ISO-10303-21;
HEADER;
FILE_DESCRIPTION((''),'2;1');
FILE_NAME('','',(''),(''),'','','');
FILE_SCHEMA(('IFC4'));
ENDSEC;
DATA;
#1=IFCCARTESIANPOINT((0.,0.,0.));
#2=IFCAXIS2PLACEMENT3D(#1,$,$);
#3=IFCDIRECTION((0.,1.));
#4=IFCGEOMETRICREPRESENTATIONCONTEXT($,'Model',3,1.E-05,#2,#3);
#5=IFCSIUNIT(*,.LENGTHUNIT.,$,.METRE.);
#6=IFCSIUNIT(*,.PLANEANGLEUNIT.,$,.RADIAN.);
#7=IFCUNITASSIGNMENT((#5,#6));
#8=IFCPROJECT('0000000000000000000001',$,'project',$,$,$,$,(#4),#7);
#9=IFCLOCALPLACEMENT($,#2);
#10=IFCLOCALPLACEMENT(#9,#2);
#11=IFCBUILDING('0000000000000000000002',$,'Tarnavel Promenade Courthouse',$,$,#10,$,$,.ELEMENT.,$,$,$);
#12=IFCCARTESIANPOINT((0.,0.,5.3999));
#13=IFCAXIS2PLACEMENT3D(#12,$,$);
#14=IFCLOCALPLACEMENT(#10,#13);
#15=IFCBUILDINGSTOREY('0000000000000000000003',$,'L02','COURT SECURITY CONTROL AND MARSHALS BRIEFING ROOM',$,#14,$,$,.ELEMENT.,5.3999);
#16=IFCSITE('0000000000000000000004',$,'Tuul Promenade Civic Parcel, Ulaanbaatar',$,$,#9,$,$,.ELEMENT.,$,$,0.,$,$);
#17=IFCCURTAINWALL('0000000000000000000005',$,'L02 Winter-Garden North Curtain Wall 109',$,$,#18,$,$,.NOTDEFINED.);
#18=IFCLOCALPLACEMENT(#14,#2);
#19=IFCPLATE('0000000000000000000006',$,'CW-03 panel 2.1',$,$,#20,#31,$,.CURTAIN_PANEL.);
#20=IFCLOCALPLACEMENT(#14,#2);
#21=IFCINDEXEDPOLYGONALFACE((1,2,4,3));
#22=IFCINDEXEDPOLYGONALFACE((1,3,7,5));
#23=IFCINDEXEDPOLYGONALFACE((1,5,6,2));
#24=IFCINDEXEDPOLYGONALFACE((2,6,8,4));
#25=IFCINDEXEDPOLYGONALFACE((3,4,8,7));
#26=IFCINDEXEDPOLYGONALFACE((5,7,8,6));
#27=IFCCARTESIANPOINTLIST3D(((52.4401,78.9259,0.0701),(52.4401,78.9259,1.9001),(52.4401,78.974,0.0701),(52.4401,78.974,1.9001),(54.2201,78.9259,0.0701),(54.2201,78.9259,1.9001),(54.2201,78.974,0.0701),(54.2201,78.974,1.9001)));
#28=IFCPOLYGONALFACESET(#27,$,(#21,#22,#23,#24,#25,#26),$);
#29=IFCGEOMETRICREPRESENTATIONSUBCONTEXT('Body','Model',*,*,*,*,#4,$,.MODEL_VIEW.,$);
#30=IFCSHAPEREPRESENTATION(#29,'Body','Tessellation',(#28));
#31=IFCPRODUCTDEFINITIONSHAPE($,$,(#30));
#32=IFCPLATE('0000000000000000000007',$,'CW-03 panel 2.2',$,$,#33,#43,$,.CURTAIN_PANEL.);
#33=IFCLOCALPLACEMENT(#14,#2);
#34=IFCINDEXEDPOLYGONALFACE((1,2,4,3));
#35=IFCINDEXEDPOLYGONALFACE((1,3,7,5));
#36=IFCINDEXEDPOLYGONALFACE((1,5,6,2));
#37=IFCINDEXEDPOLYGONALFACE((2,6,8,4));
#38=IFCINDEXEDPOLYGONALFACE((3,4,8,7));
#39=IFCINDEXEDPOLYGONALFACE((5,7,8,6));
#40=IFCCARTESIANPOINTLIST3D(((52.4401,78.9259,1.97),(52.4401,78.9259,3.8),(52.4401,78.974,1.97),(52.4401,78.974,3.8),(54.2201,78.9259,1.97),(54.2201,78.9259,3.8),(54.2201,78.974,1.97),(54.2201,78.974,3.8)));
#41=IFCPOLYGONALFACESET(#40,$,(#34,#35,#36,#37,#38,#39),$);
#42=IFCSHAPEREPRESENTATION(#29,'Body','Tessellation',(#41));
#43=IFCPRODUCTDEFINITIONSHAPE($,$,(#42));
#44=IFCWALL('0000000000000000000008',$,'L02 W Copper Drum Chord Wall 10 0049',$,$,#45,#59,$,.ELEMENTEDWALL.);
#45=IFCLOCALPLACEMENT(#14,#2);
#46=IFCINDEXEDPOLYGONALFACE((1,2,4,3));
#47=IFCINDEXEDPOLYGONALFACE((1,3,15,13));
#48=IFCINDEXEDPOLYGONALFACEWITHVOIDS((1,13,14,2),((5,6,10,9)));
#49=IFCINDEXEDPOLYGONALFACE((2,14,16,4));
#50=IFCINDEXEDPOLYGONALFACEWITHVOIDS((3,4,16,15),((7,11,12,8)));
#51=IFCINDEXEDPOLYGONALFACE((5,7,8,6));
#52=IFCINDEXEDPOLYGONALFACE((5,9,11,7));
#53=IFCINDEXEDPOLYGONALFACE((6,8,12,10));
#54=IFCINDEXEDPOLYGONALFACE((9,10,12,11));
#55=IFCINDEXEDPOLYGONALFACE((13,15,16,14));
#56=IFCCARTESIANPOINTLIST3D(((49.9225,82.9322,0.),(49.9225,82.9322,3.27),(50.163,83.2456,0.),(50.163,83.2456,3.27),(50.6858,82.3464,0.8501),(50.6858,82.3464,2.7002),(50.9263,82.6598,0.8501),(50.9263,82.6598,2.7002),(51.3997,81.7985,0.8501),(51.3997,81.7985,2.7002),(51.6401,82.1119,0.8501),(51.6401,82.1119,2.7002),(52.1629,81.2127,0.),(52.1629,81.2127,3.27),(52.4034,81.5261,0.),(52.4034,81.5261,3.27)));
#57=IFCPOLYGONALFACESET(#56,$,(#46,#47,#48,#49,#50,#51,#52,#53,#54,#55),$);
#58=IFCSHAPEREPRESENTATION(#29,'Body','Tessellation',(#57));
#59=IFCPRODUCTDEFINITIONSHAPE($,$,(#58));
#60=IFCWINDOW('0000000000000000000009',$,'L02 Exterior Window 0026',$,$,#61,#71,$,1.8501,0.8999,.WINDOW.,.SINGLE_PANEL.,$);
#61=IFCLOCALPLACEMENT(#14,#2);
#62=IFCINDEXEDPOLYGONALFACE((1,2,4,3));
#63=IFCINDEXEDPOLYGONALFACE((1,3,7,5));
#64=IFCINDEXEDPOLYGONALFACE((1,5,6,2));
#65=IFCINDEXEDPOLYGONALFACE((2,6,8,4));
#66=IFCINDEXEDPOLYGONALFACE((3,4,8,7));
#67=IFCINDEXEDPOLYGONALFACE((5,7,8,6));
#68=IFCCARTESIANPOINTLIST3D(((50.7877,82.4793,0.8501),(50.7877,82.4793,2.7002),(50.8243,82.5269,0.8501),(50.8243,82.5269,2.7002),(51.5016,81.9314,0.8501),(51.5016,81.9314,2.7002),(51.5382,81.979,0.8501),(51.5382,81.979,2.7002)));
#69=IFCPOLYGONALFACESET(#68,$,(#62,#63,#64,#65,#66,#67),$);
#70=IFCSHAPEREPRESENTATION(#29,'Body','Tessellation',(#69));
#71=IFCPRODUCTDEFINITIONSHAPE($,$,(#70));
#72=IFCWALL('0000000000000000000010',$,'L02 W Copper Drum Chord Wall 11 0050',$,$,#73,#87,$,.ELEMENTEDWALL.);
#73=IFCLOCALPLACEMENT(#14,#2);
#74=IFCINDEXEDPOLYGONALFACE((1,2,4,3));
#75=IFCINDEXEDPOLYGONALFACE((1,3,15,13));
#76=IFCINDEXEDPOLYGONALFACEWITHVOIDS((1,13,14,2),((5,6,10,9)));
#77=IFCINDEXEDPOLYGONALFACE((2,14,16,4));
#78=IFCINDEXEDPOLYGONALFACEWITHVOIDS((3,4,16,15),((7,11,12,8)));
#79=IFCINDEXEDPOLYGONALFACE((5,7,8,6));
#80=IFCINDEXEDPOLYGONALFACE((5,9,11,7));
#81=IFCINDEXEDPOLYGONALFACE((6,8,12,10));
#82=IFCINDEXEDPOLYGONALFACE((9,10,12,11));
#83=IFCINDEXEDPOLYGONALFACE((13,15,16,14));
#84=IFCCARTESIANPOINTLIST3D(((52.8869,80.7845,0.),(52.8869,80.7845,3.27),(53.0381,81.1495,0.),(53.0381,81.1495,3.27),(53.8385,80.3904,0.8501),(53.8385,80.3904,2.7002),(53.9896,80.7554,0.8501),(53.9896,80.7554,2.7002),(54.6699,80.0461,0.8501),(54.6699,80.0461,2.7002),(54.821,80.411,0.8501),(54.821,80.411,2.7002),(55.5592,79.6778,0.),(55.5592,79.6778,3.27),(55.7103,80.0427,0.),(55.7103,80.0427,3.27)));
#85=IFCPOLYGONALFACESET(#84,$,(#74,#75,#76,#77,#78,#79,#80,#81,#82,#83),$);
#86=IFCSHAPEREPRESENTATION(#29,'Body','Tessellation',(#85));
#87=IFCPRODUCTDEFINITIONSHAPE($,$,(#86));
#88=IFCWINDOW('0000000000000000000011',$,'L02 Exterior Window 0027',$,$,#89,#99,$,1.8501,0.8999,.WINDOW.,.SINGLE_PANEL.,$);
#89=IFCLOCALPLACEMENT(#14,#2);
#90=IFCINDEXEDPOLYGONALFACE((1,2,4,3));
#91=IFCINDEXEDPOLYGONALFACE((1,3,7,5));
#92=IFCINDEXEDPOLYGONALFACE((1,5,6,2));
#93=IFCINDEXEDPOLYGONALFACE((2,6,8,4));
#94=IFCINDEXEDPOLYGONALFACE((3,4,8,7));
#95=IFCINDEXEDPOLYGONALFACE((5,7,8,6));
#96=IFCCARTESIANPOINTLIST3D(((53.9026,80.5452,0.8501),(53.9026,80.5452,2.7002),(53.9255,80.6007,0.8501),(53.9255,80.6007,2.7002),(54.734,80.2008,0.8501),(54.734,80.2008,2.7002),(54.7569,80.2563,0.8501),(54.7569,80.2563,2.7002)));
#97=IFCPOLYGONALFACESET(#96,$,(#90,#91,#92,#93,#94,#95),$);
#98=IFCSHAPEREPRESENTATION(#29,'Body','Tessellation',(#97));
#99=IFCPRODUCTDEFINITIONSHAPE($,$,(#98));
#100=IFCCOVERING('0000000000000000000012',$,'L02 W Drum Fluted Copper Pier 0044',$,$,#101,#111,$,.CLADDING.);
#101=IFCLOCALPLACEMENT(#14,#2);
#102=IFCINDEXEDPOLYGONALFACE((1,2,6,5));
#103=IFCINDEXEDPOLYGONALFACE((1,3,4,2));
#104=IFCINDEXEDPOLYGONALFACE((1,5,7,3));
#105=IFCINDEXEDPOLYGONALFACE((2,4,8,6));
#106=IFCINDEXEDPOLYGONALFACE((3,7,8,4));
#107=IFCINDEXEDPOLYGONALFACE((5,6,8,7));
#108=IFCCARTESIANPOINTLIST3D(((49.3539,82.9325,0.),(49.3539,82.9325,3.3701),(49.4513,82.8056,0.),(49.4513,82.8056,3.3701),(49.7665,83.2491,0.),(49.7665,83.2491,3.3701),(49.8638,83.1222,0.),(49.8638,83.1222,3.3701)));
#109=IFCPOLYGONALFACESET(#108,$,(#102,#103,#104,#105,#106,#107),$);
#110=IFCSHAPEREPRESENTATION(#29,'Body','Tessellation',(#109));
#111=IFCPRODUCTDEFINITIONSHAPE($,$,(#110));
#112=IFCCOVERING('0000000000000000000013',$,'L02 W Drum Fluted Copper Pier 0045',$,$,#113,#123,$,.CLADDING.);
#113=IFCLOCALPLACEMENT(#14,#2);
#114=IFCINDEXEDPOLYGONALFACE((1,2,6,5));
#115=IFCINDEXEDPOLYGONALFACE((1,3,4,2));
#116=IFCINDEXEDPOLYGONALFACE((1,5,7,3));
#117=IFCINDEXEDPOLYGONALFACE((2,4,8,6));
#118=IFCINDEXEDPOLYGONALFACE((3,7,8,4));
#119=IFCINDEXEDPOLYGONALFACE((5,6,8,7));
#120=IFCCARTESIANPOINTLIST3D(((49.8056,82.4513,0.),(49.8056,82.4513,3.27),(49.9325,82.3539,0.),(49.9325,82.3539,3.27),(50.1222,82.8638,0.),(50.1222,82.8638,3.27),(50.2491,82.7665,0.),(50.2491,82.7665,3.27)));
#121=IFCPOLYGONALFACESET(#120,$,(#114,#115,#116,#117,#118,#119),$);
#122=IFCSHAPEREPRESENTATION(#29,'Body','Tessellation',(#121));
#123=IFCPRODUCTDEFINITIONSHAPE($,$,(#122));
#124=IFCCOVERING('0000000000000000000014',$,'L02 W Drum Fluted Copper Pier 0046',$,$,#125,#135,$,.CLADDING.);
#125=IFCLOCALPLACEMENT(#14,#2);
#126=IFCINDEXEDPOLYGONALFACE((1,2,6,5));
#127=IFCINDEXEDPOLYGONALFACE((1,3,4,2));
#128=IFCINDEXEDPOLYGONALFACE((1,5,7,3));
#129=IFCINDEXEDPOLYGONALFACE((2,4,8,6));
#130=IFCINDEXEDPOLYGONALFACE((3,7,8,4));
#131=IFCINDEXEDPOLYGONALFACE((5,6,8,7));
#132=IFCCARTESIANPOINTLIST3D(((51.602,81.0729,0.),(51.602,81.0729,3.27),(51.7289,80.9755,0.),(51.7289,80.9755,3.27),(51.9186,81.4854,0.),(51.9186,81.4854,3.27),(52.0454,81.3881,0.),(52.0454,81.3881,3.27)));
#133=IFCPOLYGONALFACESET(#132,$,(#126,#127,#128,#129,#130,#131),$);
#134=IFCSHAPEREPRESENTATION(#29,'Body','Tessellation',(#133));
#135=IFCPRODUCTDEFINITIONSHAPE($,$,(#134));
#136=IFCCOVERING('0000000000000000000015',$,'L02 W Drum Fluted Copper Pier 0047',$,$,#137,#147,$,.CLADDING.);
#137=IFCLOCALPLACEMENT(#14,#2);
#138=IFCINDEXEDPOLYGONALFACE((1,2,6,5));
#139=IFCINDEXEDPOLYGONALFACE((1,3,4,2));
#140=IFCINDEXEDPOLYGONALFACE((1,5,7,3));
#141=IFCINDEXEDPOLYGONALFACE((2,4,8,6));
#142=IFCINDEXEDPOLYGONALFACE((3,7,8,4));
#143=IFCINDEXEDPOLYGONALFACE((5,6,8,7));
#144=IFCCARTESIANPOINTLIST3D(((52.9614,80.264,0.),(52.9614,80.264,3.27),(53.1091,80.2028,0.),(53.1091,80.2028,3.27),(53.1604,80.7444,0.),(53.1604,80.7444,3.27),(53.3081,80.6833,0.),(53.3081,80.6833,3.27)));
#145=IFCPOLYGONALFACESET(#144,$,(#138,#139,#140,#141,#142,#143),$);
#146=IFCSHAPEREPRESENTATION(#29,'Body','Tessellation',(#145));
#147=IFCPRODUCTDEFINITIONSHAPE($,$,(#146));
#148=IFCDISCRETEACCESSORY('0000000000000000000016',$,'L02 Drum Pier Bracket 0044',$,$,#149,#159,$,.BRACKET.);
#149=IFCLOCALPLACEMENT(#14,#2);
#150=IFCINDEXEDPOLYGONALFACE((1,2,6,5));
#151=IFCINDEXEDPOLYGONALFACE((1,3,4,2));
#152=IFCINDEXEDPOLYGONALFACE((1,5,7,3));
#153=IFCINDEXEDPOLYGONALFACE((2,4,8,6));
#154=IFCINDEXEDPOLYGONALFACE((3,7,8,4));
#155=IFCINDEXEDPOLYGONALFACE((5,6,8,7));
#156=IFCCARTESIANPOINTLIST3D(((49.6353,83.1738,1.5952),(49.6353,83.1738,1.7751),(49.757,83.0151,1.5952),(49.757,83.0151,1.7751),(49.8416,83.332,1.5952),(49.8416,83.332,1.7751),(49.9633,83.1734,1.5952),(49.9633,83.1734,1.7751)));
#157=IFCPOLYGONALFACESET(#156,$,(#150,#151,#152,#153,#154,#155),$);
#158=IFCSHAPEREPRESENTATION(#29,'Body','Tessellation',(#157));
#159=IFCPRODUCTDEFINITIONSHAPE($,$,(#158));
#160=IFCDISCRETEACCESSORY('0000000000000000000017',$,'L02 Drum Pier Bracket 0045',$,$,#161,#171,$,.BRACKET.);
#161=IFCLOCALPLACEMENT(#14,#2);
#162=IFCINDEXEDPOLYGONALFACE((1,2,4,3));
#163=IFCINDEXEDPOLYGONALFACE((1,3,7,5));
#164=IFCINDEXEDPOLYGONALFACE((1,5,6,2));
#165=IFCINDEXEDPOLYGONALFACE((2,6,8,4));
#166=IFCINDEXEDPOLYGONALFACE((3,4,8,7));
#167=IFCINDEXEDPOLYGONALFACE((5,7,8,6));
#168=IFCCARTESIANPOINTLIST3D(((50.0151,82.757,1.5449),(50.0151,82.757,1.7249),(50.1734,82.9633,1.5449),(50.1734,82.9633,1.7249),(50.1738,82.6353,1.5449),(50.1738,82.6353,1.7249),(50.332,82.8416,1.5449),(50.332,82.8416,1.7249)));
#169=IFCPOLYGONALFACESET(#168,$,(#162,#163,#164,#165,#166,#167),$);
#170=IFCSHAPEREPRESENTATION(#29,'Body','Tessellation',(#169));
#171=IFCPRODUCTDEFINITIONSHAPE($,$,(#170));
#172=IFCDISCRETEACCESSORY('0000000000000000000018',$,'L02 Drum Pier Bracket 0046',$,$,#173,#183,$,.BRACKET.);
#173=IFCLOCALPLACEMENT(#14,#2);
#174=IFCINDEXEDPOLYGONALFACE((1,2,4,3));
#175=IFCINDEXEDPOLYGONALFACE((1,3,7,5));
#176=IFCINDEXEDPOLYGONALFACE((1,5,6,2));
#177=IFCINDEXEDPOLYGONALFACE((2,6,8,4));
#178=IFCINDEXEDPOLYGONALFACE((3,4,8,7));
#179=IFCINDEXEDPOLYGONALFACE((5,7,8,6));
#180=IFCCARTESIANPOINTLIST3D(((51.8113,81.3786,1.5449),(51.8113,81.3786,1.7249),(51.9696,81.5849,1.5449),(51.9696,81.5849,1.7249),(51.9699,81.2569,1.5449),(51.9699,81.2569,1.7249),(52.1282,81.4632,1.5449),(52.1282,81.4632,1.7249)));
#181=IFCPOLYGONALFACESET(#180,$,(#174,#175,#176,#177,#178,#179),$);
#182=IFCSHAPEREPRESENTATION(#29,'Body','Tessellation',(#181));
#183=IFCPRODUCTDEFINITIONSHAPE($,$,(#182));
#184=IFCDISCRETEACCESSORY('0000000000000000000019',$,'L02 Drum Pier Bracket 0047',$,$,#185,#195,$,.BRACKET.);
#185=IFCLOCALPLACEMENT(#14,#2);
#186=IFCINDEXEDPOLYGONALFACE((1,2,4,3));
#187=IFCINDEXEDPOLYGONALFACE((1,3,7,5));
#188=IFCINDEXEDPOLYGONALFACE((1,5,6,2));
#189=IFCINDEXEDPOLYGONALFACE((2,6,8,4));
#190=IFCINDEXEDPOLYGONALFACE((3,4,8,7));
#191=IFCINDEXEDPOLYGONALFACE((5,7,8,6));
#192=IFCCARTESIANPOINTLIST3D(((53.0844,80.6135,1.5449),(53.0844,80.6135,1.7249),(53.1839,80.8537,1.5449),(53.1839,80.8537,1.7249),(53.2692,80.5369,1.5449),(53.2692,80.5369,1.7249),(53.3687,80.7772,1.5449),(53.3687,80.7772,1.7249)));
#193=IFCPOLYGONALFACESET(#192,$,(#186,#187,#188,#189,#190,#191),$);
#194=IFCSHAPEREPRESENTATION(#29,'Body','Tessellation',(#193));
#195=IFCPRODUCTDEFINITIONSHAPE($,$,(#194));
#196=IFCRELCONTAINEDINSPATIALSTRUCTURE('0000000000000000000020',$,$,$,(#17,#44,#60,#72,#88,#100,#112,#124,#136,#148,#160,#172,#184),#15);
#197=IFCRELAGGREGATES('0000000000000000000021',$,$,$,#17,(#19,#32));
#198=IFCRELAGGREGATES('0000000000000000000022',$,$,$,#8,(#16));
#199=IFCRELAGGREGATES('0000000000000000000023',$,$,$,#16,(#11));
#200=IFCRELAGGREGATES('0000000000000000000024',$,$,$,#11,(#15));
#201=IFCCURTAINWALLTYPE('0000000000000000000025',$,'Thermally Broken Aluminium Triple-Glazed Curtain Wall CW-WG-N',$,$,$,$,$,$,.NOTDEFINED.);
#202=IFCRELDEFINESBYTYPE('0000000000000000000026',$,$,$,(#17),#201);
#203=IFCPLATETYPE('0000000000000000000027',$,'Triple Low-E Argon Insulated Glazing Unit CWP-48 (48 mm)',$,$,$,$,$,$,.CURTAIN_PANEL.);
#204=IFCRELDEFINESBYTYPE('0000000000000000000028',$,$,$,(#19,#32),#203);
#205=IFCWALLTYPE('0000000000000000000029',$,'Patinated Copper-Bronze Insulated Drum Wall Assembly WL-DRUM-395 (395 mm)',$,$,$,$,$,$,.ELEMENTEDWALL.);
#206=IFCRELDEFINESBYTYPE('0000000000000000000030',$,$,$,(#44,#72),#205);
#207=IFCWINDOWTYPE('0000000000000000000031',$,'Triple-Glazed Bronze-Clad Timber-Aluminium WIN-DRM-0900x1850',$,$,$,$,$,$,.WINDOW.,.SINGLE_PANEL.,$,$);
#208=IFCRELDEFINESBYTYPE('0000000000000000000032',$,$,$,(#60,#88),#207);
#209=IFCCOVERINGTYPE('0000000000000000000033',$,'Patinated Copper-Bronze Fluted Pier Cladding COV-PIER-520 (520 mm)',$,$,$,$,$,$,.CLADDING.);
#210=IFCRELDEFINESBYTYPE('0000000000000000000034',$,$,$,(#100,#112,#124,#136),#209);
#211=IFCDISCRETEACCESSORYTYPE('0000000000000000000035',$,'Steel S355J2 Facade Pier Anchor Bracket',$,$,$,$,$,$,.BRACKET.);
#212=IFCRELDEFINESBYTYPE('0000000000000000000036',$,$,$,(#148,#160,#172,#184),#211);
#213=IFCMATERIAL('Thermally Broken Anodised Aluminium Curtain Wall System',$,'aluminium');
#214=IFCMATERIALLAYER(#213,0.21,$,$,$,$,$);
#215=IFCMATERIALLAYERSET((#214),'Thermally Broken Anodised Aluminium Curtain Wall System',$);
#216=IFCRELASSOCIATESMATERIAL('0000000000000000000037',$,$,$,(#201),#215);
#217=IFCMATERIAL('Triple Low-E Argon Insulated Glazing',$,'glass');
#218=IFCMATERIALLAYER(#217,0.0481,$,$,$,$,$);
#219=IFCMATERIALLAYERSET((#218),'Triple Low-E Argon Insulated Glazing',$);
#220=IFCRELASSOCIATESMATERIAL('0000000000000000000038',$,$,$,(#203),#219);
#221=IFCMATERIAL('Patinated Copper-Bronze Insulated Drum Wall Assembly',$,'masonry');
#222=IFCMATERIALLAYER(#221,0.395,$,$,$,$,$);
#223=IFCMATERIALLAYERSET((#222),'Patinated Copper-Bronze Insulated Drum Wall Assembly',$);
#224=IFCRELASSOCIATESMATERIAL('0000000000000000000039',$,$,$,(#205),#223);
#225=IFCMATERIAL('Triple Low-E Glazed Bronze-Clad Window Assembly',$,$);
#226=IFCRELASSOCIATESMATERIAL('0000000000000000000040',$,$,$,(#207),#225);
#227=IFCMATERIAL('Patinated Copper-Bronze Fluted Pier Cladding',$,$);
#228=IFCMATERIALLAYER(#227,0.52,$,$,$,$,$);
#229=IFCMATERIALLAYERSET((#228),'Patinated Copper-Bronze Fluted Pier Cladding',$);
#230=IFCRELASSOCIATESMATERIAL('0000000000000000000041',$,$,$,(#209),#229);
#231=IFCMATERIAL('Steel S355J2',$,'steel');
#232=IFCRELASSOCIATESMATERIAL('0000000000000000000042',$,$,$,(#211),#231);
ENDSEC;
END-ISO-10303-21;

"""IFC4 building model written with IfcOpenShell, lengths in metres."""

from ifc_helpers import new_model, si_unit, direction, frame, frame_2d, origin, origin_2d, place, context, subcontext, project, spatial, rectangle, extrude, material, layer, layer_set, type_object, element, fill, aggregate, save


model = new_model("IFC4")

# Units and contexts
model_context = context("Model", 3, precision=1e-05, world=origin(), true_north=direction((0.0, 1.0)))
body_context = subcontext(model_context, "Body", "Model", "MODEL_VIEW")
ifc_project = project(units=[si_unit("LENGTHUNIT", "METRE"), si_unit("PLANEANGLEUNIT", "RADIAN")], contexts=[model_context])

# Site, building, storey
site_placement = place(None, origin())
site = spatial("IfcSite", under=ifc_project, at=site_placement, Name="Tuul Promenade Civic Parcel, Ulaanbaatar", CompositionType="ELEMENT", RefElevation=0.0)
building_placement = place(site_placement, origin())
building = spatial("IfcBuilding", under=site, at=building_placement, Name="Tarnavel Promenade Courthouse", CompositionType="ELEMENT")
storey_placement = place(building_placement, frame((0.0, 0.0, 5.3999)))
storey = spatial("IfcBuildingStorey", under=building, at=storey_placement, Name="L02", Description="COURT SECURITY CONTROL AND MARSHALS BRIEFING ROOM", CompositionType="ELEMENT", Elevation=5.3999)

# Shared definitions
ifc_material_1 = material(Name="Steel S355J2", Category="steel")

# Shared definitions
ifc_material_2 = material(Name="Thermally Broken Anodised Aluminium Curtain Wall System", Category="aluminium")
ifc_layer_1 = layer(ifc_material_2, 0.21)
ifc_layer_set_1 = layer_set([ifc_layer_1], Name="Thermally Broken Anodised Aluminium Curtain Wall System")
curtain_wall_type = type_object("IfcCurtainWallType", Name="Thermally Broken Aluminium Triple-Glazed Curtain Wall CW-WG-N", PredefinedType="NOTDEFINED", material=ifc_layer_set_1)

# Curtain wall
curtain_wall_1_placement = place(storey_placement, origin())
curtain_wall_1 = element("IfcCurtainWall", 1, at=curtain_wall_1_placement, inside=storey, type_object=curtain_wall_type, Name="L02 Winter-Garden North Curtain Wall 109", PredefinedType="NOTDEFINED")

# Plates
ifc_material_3 = material(Name="Triple Low-E Argon Insulated Glazing", Category="glass")
ifc_layer_2 = layer(ifc_material_3, 0.0481)
ifc_layer_set_2 = layer_set([ifc_layer_2], Name="Triple Low-E Argon Insulated Glazing")
plate_type = type_object("IfcPlateType", Name="Triple Low-E Argon Insulated Glazing Unit CWP-48 (48 mm)", PredefinedType="CURTAIN_PANEL", material=ifc_layer_set_2)
plate_1_placement = place(storey_placement, frame((53.3301, 78.95, 0.0701), z_axis=(0.0, 0.0, 1.0), x_axis=(1.0, 0.0, 0.0)))
plate_1 = element("IfcPlate", 2, at=plate_1_placement, type_object=plate_type, Name="CW-03 panel 2.1", PredefinedType="CURTAIN_PANEL", context=body_context, shape_type="SweptSolid", body=[
    extrude(rectangle(XDim=1.78, YDim=0.0481, at=origin_2d()), origin(), (0.0, 0.0, 1.0), 1.8301),
])
plate_2_placement = place(storey_placement, frame((53.3301, 78.95, 1.97), z_axis=(0.0, 0.0, 1.0), x_axis=(1.0, 0.0, 0.0)))
plate_2 = element("IfcPlate", 3, at=plate_2_placement, type_object=plate_type, Name="CW-03 panel 2.2", PredefinedType="CURTAIN_PANEL", context=body_context, shape_type="SweptSolid", body=[
    extrude(rectangle(XDim=1.78, YDim=0.0481, at=origin_2d()), origin(), (0.0, 0.0, 1.0), 1.8301),
])
aggregate(curtain_wall_1, [plate_1, plate_2])

# Walls, openings, windows
ifc_material_4 = material(Name="Patinated Copper-Bronze Insulated Drum Wall Assembly", Category="masonry")
ifc_layer_3 = layer(ifc_material_4, 0.395)
ifc_layer_set_3 = layer_set([ifc_layer_3], Name="Patinated Copper-Bronze Insulated Drum Wall Assembly")
wall_type = type_object("IfcWallType", Name="Patinated Copper-Bronze Insulated Drum Wall Assembly WL-DRUM-395 (395 mm)", PredefinedType="ELEMENTEDWALL", material=ifc_layer_set_3)
wall_1_placement = place(storey_placement, frame((50.0427, 83.0889, 0.0), z_axis=(0.0, 0.0, 1.0), x_axis=(0.793302, -0.608829, 0.0)))
wall_1 = element("IfcWall", 4, at=wall_1_placement, inside=storey, type_object=wall_type, Name="L02 W Copper Drum Chord Wall 10 0049", PredefinedType="ELEMENTEDWALL", context=body_context, shape_type="SweptSolid", body=[
    extrude(rectangle(XDim=2.8242, YDim=0.395, at=frame_2d((1.4121, 0.0))), origin(), (0.0, 0.0, 1.0), 3.27),
])
opening_1_placement = place(wall_1_placement, frame((0.9622, 0.0, 0.8501)))
opening_1 = element("IfcOpeningElement", 5, at=opening_1_placement, cuts=wall_1, PredefinedType="OPENING", context=body_context, shape_type="SweptSolid", body=[
    extrude(rectangle(XDim=0.8999, YDim=1.8501, at=frame_2d((0.45, 0.925))), frame((0.0, 0.2075, 0.0), z_axis=(0.0, -1.0, 0.0), x_axis=(1.0, 0.0, 0.0)), (0.0, 0.0, 1.0), 0.415),
])
ifc_material_5 = material(Name="Triple Low-E Glazed Bronze-Clad Window Assembly")
window_type = type_object("IfcWindowType", Name="Triple-Glazed Bronze-Clad Timber-Aluminium WIN-DRM-0900x1850", PartitioningType="SINGLE_PANEL", PredefinedType="WINDOW", material=ifc_material_5)
window_1_placement = place(opening_1_placement, origin())
window_1 = element("IfcWindow", 6, at=window_1_placement, inside=storey, type_object=window_type, Name="L02 Exterior Window 0026", OverallHeight=1.8501, OverallWidth=0.8999, PartitioningType="SINGLE_PANEL", PredefinedType="WINDOW", context=body_context, shape_type="SweptSolid", body=[
    extrude(rectangle(XDim=0.8999, YDim=1.8501, at=frame_2d((0.45, 0.925))), frame((0.0, 0.03, 0.0), z_axis=(0.0, -1.0, 0.0), x_axis=(1.0, 0.0, 0.0)), (0.0, 0.0, 1.0), 0.0601),
])
fill(opening_1, window_1)
wall_2_placement = place(storey_placement, frame((52.9624, 80.967, 0.0), z_axis=(0.0, 0.0, 1.0), x_axis=(0.923896, -0.382643, 0.0)))
wall_2 = element("IfcWall", 7, at=wall_2_placement, inside=storey, type_object=wall_type, Name="L02 W Copper Drum Chord Wall 11 0050", PredefinedType="ELEMENTEDWALL", context=body_context, shape_type="SweptSolid", body=[
    extrude(rectangle(XDim=2.8923, YDim=0.395, at=frame_2d((1.4463, 0.0))), origin(), (0.0, 0.0, 1.0), 3.27),
])
opening_2_placement = place(wall_2_placement, frame((1.03, 0.0, 0.8501)))
opening_2 = element("IfcOpeningElement", 8, at=opening_2_placement, cuts=wall_2, PredefinedType="OPENING", context=body_context, shape_type="SweptSolid", body=[
    extrude(rectangle(XDim=0.8999, YDim=1.8501, at=frame_2d((0.45, 0.925))), frame((0.0, 0.2075, 0.0), z_axis=(0.0, -1.0, 0.0), x_axis=(1.0, 0.0, 0.0)), (0.0, 0.0, 1.0), 0.415),
])
window_2_placement = place(opening_2_placement, origin())
window_2 = element("IfcWindow", 9, at=window_2_placement, inside=storey, type_object=window_type, Name="L02 Exterior Window 0027", OverallHeight=1.8501, OverallWidth=0.8999, PartitioningType="SINGLE_PANEL", PredefinedType="WINDOW", context=body_context, shape_type="SweptSolid", body=[
    extrude(rectangle(XDim=0.8999, YDim=1.8501, at=frame_2d((0.45, 0.925))), frame((0.0, 0.03, 0.0), z_axis=(0.0, -1.0, 0.0), x_axis=(1.0, 0.0, 0.0)), (0.0, 0.0, 1.0), 0.0601),
])
fill(opening_2, window_2)

# Coverings
ifc_material_6 = material(Name="Patinated Copper-Bronze Fluted Pier Cladding")
ifc_layer_4 = layer(ifc_material_6, 0.52)
ifc_layer_set_4 = layer_set([ifc_layer_4], Name="Patinated Copper-Bronze Fluted Pier Cladding")
covering_type = type_object("IfcCoveringType", Name="Patinated Copper-Bronze Fluted Pier Cladding COV-PIER-520 (520 mm)", PredefinedType="CLADDING", material=ifc_layer_set_4)
covering_placement = place(storey_placement, frame((49.6089, 83.0273, 0.0), z_axis=(0.0, 0.0, 1.0), x_axis=(0.608761, -0.793353, 0.0)))
element("IfcCovering", 10, at=covering_placement, inside=storey, type_object=covering_type, Name="L02 W Drum Fluted Copper Pier 0044", PredefinedType="CLADDING", context=body_context, shape_type="SweptSolid", body=[
    extrude(rectangle(XDim=0.1599, YDim=0.52, at=origin_2d()), origin(), (0.0, 0.0, 1.0), 3.3701),
])
for number, where, z_axis, x_axis, name in (
    (11, (50.0273, 82.6089, 0.0), (0.0, 0.0, 1.0), (0.793353, -0.608761, 0.0), "L02 W Drum Fluted Copper Pier 0045"),
    (12, (51.8237, 81.2305, 0.0), (0.0, 0.0, 1.0), (0.793353, -0.608761, 0.0), "L02 W Drum Fluted Copper Pier 0046"),
    (13, (53.1348, 80.4736, 0.0), (0.0, 0.0, 1.0), (0.92388, -0.382683, 0.0), "L02 W Drum Fluted Copper Pier 0047"),
):
    element("IfcCovering", number, at=place(storey_placement, frame(where, z_axis=z_axis, x_axis=x_axis)), inside=storey, type_object=covering_type, Name=name, PredefinedType="CLADDING", context=body_context, shape_type="SweptSolid", body=[
        extrude(rectangle(XDim=0.1599, YDim=0.52, at=origin_2d()), origin(), (0.0, 0.0, 1.0), 3.27),
    ])

# Discrete accessories
discrete_accessory_type = type_object("IfcDiscreteAccessoryType", Name="Steel S355J2 Facade Pier Anchor Bracket", PredefinedType="BRACKET", material=ifc_material_1)
for number, where, z_axis, x_axis, name in (
    (14, (49.7993, 83.1736, 1.5952), (0.0, 0.0, 1.0), (0.608761, -0.793353, 0.0), "L02 Drum Pier Bracket 0044"),
    (15, (50.1736, 82.7993, 1.5449), (0.0, 0.0, 1.0), (0.793353, -0.608761, 0.0), "L02 Drum Pier Bracket 0045"),
    (16, (51.9697, 81.4209, 1.5449), (0.0, 0.0, 1.0), (0.793353, -0.608761, 0.0), "L02 Drum Pier Bracket 0046"),
    (17, (53.2266, 80.6953, 1.5449), (0.0, 0.0, 1.0), (0.92388, -0.382683, 0.0), "L02 Drum Pier Bracket 0047"),
):
    element("IfcDiscreteAccessory", number, at=place(storey_placement, frame(where, z_axis=z_axis, x_axis=x_axis)), inside=storey, type_object=discrete_accessory_type, Name=name, PredefinedType="BRACKET", context=body_context, shape_type="SweptSolid", body=[
        extrude(rectangle(XDim=0.2, YDim=0.26, at=origin_2d()), origin(), (0.0, 0.0, 1.0), 0.1799),
    ])

save(model, "model.ifc")
